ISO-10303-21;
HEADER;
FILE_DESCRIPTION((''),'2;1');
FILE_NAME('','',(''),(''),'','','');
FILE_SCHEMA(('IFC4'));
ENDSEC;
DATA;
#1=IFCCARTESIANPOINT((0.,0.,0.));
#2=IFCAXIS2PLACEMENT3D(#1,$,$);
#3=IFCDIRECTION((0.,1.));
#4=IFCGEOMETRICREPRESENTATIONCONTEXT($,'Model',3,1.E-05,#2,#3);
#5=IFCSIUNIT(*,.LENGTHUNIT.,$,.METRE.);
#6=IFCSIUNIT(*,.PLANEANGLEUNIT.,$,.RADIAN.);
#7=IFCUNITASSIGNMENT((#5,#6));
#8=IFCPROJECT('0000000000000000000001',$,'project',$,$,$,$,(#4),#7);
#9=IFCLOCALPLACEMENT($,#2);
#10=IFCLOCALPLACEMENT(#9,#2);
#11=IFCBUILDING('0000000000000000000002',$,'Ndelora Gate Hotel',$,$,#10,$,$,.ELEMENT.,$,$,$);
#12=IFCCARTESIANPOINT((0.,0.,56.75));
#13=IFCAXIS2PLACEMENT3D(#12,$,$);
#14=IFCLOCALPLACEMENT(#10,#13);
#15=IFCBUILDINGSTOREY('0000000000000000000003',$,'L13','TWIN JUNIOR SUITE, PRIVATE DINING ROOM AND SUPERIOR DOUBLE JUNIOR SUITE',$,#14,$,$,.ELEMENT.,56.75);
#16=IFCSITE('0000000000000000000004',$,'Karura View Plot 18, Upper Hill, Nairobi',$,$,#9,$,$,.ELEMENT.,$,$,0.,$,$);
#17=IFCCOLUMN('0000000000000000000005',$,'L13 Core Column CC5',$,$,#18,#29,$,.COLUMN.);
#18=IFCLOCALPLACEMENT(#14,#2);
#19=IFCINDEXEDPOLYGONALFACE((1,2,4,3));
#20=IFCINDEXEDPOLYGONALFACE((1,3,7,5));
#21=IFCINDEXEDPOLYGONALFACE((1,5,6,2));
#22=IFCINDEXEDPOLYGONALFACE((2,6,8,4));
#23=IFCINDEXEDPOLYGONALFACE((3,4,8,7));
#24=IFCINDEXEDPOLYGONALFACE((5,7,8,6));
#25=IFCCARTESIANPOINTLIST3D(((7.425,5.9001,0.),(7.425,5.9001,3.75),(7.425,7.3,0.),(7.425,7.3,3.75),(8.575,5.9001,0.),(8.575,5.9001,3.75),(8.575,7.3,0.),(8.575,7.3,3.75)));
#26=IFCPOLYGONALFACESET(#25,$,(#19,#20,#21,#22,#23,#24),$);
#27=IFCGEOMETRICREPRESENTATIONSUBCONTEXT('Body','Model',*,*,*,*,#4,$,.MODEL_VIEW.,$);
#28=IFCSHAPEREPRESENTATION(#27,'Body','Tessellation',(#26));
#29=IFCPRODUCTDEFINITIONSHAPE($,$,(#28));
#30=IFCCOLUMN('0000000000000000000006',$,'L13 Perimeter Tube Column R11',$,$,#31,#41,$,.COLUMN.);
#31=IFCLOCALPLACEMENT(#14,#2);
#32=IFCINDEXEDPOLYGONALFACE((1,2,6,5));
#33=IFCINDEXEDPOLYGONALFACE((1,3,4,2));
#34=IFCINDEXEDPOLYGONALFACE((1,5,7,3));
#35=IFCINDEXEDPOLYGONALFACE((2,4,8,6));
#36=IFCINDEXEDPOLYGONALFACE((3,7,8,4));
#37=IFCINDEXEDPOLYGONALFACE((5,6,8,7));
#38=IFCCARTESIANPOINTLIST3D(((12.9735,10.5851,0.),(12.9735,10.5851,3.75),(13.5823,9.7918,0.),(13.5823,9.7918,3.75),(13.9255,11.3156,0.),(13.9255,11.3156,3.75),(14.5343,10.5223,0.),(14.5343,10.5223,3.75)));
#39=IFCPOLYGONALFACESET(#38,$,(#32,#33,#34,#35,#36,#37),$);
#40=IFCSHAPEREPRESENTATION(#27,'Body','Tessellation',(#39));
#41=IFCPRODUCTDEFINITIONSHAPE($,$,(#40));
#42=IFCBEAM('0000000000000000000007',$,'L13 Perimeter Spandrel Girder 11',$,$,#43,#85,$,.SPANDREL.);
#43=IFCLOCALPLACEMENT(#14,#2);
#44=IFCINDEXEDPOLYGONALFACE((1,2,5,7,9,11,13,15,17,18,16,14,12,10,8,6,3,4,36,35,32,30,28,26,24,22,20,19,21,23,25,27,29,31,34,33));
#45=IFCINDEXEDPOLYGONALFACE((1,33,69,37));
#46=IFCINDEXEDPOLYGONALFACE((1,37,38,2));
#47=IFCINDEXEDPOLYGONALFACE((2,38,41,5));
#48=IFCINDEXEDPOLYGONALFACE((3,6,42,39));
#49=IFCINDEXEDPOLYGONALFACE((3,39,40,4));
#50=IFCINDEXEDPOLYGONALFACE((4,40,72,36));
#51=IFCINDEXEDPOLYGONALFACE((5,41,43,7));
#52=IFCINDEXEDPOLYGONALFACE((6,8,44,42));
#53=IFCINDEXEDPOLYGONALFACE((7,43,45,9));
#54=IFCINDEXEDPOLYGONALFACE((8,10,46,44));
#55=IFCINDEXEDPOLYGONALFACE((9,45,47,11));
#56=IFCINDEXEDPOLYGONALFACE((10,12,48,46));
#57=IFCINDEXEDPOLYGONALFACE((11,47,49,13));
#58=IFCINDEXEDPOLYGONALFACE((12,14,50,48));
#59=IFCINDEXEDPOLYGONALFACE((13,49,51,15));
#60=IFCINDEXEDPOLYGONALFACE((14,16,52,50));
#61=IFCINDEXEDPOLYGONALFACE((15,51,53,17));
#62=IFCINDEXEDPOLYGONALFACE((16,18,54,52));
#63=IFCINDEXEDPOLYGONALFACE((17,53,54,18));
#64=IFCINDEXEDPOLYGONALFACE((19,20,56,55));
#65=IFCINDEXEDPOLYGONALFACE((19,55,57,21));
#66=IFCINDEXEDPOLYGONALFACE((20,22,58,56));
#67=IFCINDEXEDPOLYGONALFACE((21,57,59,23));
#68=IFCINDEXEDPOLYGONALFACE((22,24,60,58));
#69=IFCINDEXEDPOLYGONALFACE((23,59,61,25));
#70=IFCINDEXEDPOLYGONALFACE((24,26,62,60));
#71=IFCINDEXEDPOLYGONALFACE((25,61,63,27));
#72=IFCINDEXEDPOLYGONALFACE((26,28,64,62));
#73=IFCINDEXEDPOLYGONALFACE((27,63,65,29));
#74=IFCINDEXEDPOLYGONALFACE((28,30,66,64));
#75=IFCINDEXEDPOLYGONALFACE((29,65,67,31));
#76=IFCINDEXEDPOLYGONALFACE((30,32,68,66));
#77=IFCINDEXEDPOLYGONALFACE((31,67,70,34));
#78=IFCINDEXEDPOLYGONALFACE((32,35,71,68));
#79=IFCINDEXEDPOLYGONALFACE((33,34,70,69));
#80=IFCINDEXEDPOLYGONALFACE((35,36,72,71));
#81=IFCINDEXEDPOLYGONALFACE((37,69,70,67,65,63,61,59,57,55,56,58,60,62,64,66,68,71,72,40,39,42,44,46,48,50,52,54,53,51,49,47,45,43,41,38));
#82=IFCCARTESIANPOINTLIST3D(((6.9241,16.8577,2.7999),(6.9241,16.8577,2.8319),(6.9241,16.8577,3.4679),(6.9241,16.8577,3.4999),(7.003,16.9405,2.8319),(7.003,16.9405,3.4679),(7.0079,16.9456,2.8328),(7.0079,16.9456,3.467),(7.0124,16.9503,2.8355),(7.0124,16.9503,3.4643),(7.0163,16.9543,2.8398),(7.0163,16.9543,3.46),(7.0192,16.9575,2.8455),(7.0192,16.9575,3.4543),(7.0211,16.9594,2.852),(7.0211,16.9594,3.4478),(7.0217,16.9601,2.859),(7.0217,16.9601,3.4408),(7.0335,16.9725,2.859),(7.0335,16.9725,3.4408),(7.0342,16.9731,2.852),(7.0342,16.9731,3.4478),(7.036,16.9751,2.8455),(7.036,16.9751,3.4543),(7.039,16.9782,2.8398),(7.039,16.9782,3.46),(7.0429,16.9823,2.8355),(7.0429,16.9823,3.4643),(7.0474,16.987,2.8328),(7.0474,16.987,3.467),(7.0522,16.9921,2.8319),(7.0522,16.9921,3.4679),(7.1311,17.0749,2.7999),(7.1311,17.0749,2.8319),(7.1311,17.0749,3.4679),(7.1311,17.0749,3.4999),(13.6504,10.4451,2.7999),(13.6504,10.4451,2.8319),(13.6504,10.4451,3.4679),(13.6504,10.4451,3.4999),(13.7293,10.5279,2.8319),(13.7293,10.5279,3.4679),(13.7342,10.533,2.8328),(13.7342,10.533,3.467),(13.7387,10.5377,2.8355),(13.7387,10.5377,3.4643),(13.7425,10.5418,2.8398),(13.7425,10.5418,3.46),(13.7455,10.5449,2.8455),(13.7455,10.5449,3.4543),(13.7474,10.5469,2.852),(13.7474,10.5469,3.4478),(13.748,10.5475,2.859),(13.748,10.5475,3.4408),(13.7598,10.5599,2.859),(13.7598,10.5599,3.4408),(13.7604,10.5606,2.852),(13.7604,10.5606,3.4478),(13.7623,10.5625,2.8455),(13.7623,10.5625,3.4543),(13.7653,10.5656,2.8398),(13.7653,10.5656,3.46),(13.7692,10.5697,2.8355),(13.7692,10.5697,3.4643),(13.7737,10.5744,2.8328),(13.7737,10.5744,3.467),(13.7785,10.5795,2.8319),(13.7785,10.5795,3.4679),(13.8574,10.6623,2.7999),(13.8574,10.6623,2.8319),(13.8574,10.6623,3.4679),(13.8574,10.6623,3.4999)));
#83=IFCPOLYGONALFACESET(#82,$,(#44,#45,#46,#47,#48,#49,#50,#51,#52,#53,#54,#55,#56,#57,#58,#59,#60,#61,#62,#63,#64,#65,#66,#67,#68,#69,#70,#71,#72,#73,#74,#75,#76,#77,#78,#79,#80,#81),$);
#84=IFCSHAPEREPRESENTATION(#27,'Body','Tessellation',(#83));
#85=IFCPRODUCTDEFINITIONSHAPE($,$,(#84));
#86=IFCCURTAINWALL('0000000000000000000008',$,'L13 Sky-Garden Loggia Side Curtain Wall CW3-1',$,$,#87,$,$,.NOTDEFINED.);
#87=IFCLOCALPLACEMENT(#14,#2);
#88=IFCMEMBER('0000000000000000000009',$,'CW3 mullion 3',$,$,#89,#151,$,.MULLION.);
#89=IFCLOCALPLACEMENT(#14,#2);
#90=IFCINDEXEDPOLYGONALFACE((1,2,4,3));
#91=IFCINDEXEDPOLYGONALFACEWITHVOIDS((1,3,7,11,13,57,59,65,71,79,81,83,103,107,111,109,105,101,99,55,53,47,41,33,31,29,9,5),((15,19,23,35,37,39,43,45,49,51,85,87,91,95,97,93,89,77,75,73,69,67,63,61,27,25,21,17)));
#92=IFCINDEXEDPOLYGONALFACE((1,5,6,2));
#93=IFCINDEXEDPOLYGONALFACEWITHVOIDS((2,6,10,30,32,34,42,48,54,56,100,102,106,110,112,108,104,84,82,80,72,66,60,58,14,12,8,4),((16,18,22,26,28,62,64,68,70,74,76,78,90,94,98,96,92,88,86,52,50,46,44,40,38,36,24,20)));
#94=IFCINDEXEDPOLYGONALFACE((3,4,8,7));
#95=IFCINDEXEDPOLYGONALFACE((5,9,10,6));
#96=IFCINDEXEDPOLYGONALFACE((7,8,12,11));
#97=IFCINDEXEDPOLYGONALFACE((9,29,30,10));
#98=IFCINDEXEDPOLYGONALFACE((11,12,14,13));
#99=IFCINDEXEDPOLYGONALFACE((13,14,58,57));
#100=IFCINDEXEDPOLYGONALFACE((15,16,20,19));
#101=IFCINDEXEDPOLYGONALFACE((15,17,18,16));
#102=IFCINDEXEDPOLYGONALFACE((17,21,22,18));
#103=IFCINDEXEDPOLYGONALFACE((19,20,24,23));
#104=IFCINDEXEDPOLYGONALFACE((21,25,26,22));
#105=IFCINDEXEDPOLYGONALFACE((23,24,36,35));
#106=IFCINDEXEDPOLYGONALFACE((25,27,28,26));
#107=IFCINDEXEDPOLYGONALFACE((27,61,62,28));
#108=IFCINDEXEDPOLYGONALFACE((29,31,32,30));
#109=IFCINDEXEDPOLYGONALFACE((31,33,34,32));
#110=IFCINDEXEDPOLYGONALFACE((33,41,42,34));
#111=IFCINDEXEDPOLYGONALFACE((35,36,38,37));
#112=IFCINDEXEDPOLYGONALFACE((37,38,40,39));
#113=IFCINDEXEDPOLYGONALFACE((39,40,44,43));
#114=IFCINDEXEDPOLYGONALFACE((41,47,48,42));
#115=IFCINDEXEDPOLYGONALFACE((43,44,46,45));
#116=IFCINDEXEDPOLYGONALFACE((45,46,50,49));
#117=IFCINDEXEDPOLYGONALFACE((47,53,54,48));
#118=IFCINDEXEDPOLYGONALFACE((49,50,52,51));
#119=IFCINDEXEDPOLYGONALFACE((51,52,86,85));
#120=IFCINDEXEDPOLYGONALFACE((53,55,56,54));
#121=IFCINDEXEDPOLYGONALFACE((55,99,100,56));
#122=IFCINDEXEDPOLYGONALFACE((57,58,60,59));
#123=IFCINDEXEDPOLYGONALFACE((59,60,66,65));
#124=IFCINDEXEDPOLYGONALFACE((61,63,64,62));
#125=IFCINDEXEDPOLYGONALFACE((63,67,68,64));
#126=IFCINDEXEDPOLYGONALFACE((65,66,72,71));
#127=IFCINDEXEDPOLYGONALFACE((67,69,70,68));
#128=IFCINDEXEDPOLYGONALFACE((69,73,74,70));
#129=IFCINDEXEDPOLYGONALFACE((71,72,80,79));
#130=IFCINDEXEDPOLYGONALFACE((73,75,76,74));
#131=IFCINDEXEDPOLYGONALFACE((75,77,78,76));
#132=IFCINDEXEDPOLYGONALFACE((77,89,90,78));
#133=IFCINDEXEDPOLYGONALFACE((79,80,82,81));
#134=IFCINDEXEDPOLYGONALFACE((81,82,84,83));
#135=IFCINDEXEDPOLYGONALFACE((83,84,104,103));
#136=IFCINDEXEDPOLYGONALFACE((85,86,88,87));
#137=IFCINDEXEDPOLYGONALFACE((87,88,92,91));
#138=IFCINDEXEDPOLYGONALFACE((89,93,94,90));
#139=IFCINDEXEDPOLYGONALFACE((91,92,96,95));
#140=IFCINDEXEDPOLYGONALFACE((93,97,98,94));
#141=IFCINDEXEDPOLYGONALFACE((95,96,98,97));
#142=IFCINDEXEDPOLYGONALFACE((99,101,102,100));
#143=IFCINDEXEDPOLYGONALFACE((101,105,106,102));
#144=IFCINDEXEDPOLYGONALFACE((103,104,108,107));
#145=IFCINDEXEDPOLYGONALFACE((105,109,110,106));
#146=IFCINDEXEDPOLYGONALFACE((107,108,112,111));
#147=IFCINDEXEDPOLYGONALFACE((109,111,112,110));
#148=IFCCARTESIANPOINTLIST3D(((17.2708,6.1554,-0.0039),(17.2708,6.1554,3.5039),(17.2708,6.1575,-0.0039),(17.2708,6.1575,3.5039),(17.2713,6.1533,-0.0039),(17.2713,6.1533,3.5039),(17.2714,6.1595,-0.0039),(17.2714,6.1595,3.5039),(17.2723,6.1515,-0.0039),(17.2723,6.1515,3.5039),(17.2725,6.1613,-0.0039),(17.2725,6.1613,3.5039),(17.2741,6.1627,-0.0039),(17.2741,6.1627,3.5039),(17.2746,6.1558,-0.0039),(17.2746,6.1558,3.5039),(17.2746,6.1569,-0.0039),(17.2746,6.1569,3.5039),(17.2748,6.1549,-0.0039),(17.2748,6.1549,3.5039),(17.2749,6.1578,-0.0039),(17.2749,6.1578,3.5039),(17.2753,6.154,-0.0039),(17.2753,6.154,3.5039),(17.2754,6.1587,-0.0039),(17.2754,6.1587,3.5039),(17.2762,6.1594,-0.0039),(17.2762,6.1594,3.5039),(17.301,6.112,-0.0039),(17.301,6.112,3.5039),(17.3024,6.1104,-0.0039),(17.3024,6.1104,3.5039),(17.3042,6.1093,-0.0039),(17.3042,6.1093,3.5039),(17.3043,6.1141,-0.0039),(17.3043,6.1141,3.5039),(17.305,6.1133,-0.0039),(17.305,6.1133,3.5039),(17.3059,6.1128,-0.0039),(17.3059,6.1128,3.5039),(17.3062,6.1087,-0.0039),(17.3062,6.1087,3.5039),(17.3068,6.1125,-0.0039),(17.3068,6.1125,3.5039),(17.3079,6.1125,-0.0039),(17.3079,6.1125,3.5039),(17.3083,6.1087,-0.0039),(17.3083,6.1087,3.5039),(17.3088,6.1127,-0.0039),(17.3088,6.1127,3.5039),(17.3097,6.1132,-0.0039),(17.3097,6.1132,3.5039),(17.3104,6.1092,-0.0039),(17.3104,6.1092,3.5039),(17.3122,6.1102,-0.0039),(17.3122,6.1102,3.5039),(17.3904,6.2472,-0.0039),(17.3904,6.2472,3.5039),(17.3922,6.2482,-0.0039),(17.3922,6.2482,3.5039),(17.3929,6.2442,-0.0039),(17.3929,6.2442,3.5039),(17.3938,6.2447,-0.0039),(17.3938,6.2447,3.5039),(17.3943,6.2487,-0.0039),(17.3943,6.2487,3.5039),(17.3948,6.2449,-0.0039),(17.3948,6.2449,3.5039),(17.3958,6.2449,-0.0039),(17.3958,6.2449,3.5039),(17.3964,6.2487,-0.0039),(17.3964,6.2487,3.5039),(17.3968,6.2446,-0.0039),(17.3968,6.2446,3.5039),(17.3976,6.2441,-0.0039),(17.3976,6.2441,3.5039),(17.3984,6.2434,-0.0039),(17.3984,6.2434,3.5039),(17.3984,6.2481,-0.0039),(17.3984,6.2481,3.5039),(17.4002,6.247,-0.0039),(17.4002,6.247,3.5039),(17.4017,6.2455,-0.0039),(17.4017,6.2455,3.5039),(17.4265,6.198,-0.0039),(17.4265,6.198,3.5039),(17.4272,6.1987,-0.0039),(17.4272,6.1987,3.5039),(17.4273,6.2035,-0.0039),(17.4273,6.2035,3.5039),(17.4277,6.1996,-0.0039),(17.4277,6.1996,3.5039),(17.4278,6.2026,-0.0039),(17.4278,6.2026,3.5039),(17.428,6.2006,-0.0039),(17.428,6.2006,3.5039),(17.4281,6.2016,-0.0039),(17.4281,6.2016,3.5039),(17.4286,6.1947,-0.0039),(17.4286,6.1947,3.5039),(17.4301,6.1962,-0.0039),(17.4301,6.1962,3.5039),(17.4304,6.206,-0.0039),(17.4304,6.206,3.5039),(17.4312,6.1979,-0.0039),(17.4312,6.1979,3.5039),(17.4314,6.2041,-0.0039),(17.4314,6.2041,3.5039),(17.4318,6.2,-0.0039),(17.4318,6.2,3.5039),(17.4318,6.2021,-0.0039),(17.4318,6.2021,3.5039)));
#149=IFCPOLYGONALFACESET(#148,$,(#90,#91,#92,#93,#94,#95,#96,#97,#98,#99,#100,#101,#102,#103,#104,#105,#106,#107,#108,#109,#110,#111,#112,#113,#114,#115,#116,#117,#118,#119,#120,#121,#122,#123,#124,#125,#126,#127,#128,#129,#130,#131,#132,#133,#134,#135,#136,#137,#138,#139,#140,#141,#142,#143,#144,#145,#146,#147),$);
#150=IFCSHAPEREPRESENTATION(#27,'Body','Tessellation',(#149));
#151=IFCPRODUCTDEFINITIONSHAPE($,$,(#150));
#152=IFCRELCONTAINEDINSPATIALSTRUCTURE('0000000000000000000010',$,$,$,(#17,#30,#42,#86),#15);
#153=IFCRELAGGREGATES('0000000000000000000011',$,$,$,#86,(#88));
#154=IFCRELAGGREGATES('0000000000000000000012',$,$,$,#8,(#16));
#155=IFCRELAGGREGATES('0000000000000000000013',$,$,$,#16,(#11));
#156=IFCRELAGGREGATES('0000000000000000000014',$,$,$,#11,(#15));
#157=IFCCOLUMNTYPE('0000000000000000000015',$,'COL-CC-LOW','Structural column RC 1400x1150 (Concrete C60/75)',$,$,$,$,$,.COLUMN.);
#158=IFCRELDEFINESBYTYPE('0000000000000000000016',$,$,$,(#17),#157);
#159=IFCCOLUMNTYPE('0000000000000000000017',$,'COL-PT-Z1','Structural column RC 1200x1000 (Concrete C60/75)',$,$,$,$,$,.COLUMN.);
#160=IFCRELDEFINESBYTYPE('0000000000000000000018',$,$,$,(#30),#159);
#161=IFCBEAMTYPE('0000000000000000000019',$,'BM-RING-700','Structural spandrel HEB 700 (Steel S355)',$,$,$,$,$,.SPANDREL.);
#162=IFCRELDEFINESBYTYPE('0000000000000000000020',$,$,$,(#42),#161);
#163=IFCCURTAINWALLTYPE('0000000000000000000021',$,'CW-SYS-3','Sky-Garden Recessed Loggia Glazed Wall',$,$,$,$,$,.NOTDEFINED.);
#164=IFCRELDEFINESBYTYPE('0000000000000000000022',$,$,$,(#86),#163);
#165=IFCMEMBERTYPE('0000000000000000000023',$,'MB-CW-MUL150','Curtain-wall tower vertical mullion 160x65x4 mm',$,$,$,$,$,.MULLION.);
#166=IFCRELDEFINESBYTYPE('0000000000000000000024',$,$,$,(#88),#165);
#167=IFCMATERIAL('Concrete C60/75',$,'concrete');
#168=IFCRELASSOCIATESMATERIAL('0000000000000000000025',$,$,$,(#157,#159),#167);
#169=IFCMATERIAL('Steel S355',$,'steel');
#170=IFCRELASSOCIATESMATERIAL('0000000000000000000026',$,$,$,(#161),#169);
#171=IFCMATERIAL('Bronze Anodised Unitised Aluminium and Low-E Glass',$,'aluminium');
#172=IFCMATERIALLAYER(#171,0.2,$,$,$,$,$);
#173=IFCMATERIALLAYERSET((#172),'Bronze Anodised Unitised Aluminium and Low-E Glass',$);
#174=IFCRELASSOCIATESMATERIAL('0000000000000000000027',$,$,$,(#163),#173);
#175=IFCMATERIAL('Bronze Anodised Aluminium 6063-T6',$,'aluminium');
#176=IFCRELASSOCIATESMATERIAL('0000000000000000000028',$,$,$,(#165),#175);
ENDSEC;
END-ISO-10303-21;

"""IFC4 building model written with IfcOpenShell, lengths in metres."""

from ifc_helpers import new_model, si_unit, direction, frame, origin, origin_2d, place, context, subcontext, project, spatial, rectangle, hollow_rectangle, i_section, extrude, material, layer, layer_set, material_profile, profile_set, type_object, element, aggregate, save


model = new_model("IFC4")

# Units and contexts
model_context = context("Model", 3, precision=1e-05, world=origin(), true_north=direction((0.0, 1.0)))
body_context = subcontext(model_context, "Body", "Model", "MODEL_VIEW")
ifc_project = project(units=[si_unit("LENGTHUNIT", "METRE"), si_unit("PLANEANGLEUNIT", "RADIAN")], contexts=[model_context])

# Site, building, storey
site_placement = place(None, origin())
site = spatial("IfcSite", under=ifc_project, at=site_placement, Name="Karura View Plot 18, Upper Hill, Nairobi", CompositionType="ELEMENT", RefElevation=0.0)
building_placement = place(site_placement, origin())
building = spatial("IfcBuilding", under=site, at=building_placement, Name="Ndelora Gate Hotel", CompositionType="ELEMENT")
storey_placement = place(building_placement, frame((0.0, 0.0, 56.75)))
storey = spatial("IfcBuildingStorey", under=building, at=storey_placement, Name="L13", Description="TWIN JUNIOR SUITE, PRIVATE DINING ROOM AND SUPERIOR DOUBLE JUNIOR SUITE", CompositionType="ELEMENT", Elevation=56.75)

# Columns
ifc_material_1 = material(Name="Concrete C60/75", Category="concrete")
ifc_material_profile_1 = material_profile(ifc_material_1, rectangle(XDim=1.1499, YDim=1.3999, at=origin_2d()), Name="RC 1400x1150")
ifc_profile_set_1 = profile_set([ifc_material_profile_1], Name="Concrete C60/75")
column_type_1 = type_object("IfcColumnType", Name="COL-CC-LOW", Description="Structural column RC 1400x1150 (Concrete C60/75)", PredefinedType="COLUMN", material=ifc_profile_set_1)
column_1_placement = place(storey_placement, frame((8.0, 6.6001, 0.0), z_axis=(0.0, 0.0, 1.0), x_axis=(1.0, 0.0, 0.0)))
element("IfcColumn", 1, at=column_1_placement, inside=storey, type_object=column_type_1, Name="L13 Core Column CC5", PredefinedType="COLUMN", context=body_context, shape_type="SweptSolid", body=[
    extrude(rectangle(XDim=1.1499, YDim=1.3999, at=origin_2d()), origin(), (0.0, 0.0, 1.0), 3.75),
])
ifc_material_profile_2 = material_profile(ifc_material_1, rectangle(XDim=1.0, YDim=1.2, at=origin_2d()), Name="RC 1200x1000")
ifc_profile_set_2 = profile_set([ifc_material_profile_2], Name="Concrete C60/75")
column_type_2 = type_object("IfcColumnType", Name="COL-PT-Z1", Description="Structural column RC 1200x1000 (Concrete C60/75)", PredefinedType="COLUMN", material=ifc_profile_set_2)
column_2_placement = place(storey_placement, frame((13.7539, 10.5537, 0.0), z_axis=(0.0, 0.0, 1.0), x_axis=(-0.608761, 0.793353, 0.0)))
element("IfcColumn", 2, at=column_2_placement, inside=storey, type_object=column_type_2, Name="L13 Perimeter Tube Column R11", PredefinedType="COLUMN", context=body_context, shape_type="SweptSolid", body=[
    extrude(rectangle(XDim=1.0, YDim=1.2, at=origin_2d()), origin(), (0.0, 0.0, 1.0), 3.75),
])

# Beam
ifc_material_2 = material(Name="Steel S355", Category="steel")
ifc_material_profile_3 = material_profile(ifc_material_2, i_section(OverallWidth=0.3, OverallDepth=0.7, WebThickness=0.0171, FlangeThickness=0.032, FilletRadius=0.0271, at=origin_2d()), Name="HEB 700")
ifc_profile_set_3 = profile_set([ifc_material_profile_3], Name="Steel S355")
beam_type = type_object("IfcBeamType", Name="BM-RING-700", Description="Structural spandrel HEB 700 (Steel S355)", PredefinedType="SPANDREL", material=ifc_profile_set_3)
beam_placement = place(storey_placement, frame((13.7539, 10.5537, 3.1499), z_axis=(-0.723784, 0.690026, 0.0), x_axis=(-0.690026, -0.723784, 0.0)))
element("IfcBeam", 3, at=beam_placement, inside=storey, type_object=beam_type, Name="L13 Perimeter Spandrel Girder 11", PredefinedType="SPANDREL", context=body_context, shape_type="SweptSolid", body=[
    extrude(i_section(OverallWidth=0.3, OverallDepth=0.7, WebThickness=0.0171, FlangeThickness=0.032, FilletRadius=0.0271, at=origin_2d()), origin(), (0.0, 0.0, 1.0), 9.2932),
])

# Curtain wall, member
ifc_material_3 = material(Name="Bronze Anodised Unitised Aluminium and Low-E Glass", Category="aluminium")
ifc_layer_1 = layer(ifc_material_3, 0.2)
ifc_layer_set_1 = layer_set([ifc_layer_1], Name="Bronze Anodised Unitised Aluminium and Low-E Glass")
curtain_wall_type = type_object("IfcCurtainWallType", Name="CW-SYS-3", Description="Sky-Garden Recessed Loggia Glazed Wall", PredefinedType="NOTDEFINED", material=ifc_layer_set_1)
curtain_wall_1_placement = place(storey_placement, origin())
curtain_wall_1 = element("IfcCurtainWall", 4, at=curtain_wall_1_placement, inside=storey, type_object=curtain_wall_type, Name="L13 Sky-Garden Loggia Side Curtain Wall CW3-1", PredefinedType="NOTDEFINED")
ifc_material_4 = material(Name="Bronze Anodised Aluminium 6063-T6", Category="aluminium")
ifc_material_profile_4 = material_profile(ifc_material_4, hollow_rectangle(XDim=0.0649, YDim=0.1599, WallThickness=0.0039, InnerFilletRadius=0.0039, OuterFilletRadius=0.0081, at=origin_2d()), Name="ALU 160x65x4")
ifc_profile_set_4 = profile_set([ifc_material_profile_4], Name="Bronze Anodised Aluminium 6063-T6")
member_type_1 = type_object("IfcMemberType", Name="MB-CW-MUL150", Description="Curtain-wall tower vertical mullion 160x65x4 mm", PredefinedType="MULLION", material=ifc_profile_set_4)
member_1_placement = place(storey_placement, frame((17.3513, 6.1787, -0.0039), z_axis=(0.0, 0.0, 1.0), x_axis=(-0.587785, 0.809017, 0.0)))
member_1 = element("IfcMember", 5, at=member_1_placement, type_object=member_type_1, Name="CW3 mullion 3", PredefinedType="MULLION", context=body_context, shape_type="SweptSolid", body=[
    extrude(hollow_rectangle(XDim=0.0649, YDim=0.1599, WallThickness=0.0039, InnerFilletRadius=0.0039, OuterFilletRadius=0.0081, at=origin_2d()), origin(), (0.0, 0.0, 1.0), 3.5078),
])

aggregate(curtain_wall_1, [member_1])

save(model, "model.ifc")
